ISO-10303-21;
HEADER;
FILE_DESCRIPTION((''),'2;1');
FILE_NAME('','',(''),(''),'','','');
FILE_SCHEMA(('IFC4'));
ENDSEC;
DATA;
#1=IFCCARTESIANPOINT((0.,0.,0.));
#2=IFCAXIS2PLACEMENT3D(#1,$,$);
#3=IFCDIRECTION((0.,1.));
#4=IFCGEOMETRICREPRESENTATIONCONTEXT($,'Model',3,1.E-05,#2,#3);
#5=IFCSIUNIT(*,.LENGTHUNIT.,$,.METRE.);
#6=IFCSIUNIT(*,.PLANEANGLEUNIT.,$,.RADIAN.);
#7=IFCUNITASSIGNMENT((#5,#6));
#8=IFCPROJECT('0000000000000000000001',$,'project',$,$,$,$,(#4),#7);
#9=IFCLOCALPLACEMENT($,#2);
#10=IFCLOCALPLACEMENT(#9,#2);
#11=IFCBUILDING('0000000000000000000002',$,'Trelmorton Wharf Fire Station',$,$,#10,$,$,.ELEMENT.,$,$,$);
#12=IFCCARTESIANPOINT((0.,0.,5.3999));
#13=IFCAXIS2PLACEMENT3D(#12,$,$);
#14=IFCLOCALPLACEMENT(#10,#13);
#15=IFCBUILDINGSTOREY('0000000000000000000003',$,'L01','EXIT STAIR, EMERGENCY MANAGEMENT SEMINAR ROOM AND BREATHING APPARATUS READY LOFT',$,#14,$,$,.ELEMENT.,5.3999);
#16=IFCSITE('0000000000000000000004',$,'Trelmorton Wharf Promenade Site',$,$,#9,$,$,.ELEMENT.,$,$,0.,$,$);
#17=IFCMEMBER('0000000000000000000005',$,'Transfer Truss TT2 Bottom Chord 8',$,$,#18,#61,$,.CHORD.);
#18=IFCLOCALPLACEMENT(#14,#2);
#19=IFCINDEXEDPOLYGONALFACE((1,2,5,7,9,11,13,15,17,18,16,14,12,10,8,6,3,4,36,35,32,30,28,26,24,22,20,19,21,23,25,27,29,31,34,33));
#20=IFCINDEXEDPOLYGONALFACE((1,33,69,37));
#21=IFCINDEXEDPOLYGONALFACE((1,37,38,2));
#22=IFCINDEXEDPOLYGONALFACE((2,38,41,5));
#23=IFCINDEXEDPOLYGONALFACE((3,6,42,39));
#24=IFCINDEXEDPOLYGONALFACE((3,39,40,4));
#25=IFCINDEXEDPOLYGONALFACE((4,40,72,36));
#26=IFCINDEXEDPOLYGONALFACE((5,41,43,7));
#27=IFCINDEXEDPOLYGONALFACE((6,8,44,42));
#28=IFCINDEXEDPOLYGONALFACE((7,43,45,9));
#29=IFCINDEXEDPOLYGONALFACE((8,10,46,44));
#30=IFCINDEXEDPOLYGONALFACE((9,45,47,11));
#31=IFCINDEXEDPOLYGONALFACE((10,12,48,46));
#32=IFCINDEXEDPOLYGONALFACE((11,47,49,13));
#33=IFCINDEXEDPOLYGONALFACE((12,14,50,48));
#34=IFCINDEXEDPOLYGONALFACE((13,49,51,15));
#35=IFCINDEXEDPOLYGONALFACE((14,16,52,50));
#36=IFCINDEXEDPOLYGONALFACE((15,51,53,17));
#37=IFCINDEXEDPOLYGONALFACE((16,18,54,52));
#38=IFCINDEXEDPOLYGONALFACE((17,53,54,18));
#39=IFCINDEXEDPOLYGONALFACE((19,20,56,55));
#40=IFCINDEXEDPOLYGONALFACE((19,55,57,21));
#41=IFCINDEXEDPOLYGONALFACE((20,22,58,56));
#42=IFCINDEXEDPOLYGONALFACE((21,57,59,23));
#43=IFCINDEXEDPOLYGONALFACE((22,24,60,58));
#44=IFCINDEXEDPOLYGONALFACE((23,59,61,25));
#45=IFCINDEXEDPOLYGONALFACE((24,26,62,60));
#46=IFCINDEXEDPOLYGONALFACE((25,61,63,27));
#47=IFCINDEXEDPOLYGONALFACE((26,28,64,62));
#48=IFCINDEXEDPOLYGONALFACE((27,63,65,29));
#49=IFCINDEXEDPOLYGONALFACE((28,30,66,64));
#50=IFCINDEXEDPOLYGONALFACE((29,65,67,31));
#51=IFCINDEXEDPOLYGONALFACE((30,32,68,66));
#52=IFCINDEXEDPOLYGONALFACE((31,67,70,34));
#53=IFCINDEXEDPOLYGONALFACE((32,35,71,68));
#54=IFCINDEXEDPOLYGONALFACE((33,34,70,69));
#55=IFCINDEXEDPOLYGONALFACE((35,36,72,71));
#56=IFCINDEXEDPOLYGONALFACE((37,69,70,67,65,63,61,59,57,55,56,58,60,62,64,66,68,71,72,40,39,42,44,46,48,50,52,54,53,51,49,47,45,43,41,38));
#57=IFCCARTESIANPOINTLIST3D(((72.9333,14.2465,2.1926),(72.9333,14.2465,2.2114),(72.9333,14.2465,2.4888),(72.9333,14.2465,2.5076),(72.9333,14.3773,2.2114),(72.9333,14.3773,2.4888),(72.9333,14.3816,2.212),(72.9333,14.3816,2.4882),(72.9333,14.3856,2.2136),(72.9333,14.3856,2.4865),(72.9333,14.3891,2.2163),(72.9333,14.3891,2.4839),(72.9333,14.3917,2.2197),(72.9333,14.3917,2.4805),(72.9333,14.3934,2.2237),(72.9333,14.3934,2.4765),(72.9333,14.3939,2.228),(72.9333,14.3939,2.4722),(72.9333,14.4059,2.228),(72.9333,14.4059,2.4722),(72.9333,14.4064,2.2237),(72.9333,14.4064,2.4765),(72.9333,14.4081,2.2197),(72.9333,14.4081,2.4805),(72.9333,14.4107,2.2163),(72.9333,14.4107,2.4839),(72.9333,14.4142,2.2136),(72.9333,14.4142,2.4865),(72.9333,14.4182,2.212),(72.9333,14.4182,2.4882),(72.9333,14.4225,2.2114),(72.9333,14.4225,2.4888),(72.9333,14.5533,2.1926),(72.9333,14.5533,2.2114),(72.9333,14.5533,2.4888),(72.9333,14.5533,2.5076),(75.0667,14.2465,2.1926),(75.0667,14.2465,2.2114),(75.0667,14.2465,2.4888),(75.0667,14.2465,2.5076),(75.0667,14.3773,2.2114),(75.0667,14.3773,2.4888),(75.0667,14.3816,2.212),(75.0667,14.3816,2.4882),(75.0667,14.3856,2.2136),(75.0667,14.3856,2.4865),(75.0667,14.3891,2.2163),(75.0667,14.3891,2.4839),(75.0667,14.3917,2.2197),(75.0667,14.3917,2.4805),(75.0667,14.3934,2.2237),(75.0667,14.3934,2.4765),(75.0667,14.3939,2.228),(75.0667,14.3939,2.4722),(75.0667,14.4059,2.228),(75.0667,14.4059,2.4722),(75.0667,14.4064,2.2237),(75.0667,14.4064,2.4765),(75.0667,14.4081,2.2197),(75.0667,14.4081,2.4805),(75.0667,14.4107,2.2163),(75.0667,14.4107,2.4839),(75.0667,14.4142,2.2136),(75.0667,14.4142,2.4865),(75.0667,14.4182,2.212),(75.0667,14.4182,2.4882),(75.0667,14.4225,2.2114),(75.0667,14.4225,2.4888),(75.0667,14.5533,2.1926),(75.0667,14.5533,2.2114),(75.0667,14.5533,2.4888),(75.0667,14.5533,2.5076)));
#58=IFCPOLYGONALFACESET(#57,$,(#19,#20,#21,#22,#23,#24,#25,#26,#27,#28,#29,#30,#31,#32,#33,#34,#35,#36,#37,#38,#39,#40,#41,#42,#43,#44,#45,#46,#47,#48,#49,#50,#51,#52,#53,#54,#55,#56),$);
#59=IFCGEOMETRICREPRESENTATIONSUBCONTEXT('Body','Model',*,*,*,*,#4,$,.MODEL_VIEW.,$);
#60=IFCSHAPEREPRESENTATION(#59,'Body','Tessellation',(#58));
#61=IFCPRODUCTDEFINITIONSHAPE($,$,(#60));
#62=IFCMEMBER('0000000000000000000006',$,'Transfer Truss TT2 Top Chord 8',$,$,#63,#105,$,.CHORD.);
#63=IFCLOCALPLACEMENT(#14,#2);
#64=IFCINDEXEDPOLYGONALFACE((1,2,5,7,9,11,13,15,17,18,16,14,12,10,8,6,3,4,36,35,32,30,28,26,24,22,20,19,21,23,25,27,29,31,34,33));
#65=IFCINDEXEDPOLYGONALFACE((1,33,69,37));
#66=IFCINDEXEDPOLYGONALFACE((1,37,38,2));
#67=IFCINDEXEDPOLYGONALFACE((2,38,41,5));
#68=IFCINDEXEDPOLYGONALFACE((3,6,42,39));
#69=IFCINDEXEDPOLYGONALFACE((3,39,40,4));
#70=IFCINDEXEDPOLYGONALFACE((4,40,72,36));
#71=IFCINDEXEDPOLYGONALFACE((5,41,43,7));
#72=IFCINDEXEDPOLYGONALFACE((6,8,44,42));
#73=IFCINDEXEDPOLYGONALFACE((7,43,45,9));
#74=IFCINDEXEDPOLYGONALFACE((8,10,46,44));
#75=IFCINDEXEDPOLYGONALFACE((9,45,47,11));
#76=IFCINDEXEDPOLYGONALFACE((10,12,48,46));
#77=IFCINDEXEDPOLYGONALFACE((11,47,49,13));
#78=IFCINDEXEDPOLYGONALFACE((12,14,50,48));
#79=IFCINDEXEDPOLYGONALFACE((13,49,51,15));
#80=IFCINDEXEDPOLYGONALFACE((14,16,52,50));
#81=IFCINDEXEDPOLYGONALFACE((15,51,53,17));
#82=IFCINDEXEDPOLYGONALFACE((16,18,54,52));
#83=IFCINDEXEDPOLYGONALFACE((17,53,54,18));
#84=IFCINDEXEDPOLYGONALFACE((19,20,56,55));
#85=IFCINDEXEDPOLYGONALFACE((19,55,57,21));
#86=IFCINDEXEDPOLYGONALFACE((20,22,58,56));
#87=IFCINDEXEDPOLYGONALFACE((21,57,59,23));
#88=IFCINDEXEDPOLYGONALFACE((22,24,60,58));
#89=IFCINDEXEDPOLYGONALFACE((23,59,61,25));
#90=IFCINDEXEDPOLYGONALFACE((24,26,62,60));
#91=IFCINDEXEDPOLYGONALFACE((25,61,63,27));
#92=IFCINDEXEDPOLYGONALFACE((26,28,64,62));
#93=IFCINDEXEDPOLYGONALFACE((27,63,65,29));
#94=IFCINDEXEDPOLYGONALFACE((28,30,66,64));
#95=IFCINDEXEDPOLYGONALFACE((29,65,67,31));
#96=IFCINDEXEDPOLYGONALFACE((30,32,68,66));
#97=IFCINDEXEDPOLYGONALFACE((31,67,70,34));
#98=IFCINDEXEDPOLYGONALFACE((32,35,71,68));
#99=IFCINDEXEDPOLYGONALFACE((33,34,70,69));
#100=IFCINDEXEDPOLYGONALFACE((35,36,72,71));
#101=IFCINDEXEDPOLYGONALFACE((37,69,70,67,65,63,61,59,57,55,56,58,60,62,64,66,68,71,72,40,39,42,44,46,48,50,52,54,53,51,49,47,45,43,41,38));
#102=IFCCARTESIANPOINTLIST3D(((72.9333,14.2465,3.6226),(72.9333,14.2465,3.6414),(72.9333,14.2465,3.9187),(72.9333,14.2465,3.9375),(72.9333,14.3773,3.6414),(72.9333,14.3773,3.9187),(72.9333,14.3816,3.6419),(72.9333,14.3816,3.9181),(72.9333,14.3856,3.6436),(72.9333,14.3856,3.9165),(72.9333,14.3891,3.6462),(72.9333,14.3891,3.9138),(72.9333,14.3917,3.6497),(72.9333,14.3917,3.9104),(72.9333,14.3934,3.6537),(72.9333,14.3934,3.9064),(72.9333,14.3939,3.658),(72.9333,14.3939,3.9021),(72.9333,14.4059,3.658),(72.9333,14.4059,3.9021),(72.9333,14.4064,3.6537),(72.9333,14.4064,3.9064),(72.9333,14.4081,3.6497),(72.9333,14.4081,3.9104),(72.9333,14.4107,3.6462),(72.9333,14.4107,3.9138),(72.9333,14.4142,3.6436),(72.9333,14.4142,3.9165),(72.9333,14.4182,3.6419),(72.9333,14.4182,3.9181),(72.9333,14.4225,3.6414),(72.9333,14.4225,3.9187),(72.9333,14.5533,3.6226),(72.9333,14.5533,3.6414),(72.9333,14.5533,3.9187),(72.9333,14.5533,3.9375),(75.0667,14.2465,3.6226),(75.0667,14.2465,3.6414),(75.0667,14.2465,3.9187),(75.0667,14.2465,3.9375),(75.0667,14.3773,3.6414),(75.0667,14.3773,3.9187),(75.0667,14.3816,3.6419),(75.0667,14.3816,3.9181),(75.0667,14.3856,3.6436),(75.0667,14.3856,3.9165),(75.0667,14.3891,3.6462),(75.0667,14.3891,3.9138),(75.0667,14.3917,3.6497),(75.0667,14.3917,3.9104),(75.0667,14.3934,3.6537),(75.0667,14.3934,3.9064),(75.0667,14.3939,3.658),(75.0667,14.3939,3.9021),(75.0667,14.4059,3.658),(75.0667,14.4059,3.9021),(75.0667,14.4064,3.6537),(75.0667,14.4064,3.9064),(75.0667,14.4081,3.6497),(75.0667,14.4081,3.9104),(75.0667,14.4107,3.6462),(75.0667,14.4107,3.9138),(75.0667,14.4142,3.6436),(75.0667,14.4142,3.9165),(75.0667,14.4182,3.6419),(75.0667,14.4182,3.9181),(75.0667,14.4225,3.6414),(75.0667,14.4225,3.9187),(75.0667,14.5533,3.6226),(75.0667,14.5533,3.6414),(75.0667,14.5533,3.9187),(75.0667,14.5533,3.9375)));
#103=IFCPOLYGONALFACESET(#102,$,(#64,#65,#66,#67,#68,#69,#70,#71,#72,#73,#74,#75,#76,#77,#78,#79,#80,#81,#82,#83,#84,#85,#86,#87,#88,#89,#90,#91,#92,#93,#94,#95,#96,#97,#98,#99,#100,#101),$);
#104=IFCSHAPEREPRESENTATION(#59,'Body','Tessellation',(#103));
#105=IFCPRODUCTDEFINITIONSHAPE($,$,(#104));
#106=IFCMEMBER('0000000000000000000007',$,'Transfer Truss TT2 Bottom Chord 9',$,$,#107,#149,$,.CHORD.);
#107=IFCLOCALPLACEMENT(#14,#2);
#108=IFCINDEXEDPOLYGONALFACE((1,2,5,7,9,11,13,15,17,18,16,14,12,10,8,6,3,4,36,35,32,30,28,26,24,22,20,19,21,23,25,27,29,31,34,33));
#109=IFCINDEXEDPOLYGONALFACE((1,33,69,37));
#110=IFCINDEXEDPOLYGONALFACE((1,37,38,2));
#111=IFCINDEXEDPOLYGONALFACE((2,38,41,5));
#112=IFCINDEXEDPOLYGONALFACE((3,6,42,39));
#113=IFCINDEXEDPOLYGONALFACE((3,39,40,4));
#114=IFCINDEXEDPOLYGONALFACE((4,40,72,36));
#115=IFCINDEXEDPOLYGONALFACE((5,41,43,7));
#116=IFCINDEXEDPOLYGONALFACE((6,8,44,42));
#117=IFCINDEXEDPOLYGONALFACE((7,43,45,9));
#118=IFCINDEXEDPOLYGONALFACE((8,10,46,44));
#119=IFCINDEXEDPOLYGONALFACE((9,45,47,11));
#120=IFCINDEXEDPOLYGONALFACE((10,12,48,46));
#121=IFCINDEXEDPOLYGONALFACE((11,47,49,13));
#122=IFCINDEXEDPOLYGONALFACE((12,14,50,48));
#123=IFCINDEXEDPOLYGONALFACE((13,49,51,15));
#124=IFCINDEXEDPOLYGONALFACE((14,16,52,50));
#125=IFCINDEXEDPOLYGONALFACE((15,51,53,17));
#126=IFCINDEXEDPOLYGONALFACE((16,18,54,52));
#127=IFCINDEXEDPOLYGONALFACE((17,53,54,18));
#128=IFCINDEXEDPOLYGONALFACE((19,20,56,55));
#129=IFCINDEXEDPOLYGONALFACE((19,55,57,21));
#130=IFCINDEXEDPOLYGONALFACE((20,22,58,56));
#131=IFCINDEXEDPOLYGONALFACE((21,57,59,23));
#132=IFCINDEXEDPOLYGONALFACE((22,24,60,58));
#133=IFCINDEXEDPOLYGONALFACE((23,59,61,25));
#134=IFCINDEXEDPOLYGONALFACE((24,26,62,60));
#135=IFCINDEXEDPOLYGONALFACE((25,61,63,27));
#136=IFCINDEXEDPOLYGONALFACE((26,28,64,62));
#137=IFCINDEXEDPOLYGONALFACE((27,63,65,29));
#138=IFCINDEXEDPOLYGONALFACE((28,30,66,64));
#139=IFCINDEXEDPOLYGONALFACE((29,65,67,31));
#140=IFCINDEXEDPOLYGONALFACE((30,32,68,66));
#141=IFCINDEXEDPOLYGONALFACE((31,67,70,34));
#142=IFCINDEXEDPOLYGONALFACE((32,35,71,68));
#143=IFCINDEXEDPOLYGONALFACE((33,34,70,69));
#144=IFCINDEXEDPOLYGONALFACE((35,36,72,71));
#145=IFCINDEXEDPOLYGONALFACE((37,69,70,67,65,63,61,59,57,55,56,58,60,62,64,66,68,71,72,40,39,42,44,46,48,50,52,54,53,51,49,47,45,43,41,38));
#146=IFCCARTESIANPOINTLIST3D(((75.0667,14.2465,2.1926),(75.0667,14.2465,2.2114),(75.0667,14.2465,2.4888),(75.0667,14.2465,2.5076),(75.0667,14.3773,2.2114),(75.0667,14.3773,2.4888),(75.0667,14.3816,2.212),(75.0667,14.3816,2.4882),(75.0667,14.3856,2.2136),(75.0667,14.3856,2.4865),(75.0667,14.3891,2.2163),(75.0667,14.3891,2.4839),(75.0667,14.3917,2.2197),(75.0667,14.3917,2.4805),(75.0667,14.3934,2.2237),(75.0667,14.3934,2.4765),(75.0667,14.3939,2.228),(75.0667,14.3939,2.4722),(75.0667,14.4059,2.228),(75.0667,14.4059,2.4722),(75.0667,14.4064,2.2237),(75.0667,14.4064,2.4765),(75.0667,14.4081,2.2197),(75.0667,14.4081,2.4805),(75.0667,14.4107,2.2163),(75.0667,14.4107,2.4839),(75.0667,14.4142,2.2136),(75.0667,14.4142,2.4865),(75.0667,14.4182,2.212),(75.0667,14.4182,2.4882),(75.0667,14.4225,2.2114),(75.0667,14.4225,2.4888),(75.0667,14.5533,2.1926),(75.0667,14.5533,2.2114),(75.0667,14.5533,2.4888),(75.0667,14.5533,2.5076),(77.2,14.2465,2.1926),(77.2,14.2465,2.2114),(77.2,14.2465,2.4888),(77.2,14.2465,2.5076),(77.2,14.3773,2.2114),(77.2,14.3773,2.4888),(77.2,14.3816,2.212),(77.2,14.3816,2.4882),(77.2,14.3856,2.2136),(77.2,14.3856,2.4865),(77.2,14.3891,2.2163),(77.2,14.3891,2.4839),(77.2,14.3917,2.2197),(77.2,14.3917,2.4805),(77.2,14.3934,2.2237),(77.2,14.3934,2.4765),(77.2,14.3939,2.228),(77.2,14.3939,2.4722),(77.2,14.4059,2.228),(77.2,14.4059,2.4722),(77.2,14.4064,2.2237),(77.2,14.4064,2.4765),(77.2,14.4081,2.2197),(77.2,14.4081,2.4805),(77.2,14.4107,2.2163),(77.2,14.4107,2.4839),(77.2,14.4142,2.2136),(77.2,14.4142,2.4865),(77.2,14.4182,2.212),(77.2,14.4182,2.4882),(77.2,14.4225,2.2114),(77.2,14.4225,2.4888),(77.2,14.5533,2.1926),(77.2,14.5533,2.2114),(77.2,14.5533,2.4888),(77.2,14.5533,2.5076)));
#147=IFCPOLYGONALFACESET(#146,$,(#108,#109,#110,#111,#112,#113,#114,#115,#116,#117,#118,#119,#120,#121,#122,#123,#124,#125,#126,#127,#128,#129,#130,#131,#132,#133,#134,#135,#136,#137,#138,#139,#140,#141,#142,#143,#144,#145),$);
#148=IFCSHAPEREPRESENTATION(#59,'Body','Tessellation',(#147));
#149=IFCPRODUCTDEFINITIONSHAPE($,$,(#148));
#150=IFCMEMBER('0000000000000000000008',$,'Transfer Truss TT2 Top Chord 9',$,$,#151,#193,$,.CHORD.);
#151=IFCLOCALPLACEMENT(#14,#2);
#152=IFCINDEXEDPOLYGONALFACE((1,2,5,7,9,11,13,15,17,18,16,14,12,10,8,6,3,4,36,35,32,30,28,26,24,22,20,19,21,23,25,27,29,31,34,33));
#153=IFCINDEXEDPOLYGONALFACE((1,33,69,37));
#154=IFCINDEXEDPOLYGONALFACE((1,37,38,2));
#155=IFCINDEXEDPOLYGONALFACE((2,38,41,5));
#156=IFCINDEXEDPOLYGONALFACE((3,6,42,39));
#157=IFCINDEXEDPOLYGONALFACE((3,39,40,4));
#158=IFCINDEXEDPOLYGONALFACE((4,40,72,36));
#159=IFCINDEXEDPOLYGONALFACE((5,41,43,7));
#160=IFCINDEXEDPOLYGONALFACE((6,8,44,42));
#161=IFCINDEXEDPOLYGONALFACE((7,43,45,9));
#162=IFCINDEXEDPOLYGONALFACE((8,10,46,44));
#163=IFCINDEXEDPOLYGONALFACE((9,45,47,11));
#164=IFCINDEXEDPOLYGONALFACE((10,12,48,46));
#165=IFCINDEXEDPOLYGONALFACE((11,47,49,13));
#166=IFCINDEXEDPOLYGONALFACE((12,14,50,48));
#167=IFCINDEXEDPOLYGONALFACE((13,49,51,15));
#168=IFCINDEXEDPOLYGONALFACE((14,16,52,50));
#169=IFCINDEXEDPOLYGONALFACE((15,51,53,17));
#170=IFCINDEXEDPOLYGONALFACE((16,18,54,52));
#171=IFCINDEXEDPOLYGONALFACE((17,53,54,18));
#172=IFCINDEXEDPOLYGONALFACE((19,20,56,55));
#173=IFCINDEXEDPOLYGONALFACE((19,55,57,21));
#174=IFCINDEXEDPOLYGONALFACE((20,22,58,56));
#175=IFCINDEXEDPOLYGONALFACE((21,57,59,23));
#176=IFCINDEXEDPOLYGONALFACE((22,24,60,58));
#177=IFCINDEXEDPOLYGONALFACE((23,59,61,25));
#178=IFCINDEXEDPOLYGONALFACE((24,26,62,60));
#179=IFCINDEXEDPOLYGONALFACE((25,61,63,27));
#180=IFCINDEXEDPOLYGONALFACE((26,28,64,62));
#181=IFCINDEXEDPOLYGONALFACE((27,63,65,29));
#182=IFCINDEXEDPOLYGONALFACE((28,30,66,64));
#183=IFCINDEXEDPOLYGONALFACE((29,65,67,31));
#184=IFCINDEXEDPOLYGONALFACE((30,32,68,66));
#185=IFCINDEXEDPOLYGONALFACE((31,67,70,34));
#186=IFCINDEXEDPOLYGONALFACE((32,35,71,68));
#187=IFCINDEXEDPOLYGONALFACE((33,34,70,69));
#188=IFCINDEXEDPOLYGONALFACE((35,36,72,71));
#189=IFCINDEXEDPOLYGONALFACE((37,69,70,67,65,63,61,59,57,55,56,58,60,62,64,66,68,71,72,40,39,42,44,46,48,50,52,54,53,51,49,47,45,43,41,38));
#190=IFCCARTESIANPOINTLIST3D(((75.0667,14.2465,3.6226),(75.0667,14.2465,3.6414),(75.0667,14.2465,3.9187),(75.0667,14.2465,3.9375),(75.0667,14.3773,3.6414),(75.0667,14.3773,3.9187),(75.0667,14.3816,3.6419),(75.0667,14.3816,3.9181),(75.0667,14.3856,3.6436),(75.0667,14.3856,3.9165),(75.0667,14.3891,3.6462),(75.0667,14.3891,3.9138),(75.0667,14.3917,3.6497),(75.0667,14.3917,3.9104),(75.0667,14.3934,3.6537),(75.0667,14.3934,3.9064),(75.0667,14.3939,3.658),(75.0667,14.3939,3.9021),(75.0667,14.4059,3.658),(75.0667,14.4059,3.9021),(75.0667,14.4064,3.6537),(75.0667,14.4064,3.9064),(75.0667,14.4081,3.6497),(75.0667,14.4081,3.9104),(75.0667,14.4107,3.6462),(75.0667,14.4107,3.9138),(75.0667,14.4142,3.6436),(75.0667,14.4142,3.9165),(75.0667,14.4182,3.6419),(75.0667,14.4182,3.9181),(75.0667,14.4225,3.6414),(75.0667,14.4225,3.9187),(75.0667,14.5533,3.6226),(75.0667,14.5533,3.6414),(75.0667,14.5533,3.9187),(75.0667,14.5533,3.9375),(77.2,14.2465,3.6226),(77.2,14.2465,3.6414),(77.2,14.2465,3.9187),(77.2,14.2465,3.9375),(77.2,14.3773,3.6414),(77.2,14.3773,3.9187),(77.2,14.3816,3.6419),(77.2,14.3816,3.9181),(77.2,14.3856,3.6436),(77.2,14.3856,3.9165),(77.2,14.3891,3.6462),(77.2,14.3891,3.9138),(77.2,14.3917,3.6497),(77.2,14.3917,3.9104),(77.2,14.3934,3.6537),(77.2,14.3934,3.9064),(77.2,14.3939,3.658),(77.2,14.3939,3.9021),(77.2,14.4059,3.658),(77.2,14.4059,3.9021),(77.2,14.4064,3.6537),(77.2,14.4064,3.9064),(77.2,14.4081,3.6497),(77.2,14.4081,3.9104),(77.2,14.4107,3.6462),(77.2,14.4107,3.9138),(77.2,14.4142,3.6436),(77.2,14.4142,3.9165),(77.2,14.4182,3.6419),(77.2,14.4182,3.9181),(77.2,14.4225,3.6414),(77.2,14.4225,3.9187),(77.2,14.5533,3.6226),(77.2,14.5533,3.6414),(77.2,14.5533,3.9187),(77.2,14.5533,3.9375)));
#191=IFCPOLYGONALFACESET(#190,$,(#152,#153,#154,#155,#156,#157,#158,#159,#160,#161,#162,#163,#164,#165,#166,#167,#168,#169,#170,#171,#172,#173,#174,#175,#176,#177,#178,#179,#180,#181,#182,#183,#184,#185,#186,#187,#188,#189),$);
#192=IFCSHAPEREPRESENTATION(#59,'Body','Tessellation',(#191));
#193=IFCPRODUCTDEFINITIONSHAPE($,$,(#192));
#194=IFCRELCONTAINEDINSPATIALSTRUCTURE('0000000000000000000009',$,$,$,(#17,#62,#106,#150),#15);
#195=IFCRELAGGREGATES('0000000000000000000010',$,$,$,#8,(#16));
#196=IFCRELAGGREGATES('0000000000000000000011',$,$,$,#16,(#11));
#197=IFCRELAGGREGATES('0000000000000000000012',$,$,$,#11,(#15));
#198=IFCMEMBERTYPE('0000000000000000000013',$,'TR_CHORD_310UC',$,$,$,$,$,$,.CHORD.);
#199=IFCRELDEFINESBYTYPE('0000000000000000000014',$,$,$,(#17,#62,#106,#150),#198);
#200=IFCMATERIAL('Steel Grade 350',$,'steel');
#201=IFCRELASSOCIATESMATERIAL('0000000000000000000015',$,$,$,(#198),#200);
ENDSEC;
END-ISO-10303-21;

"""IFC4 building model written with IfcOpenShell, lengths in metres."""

from ifc_helpers import new_model, si_unit, direction, frame, origin, origin_2d, place, context, subcontext, project, spatial, i_section, extrude, material, material_profile, profile_set, type_object, element, save


model = new_model("IFC4")

# Units and contexts
model_context = context("Model", 3, precision=1e-05, world=origin(), true_north=direction((0.0, 1.0)))
body_context = subcontext(model_context, "Body", "Model", "MODEL_VIEW")
ifc_project = project(units=[si_unit("LENGTHUNIT", "METRE"), si_unit("PLANEANGLEUNIT", "RADIAN")], contexts=[model_context])

# Site, building, storey
site_placement = place(None, origin())
site = spatial("IfcSite", under=ifc_project, at=site_placement, Name="Trelmorton Wharf Promenade Site", CompositionType="ELEMENT", RefElevation=0.0)
building_placement = place(site_placement, origin())
building = spatial("IfcBuilding", under=site, at=building_placement, Name="Trelmorton Wharf Fire Station", CompositionType="ELEMENT")
storey_placement = place(building_placement, frame((0.0, 0.0, 5.3999)))
storey = spatial("IfcBuildingStorey", under=building, at=storey_placement, Name="L01", Description="EXIT STAIR, EMERGENCY MANAGEMENT SEMINAR ROOM AND BREATHING APPARATUS READY LOFT", CompositionType="ELEMENT", Elevation=5.3999)

# Members
ifc_material_1 = material(Name="Steel Grade 350", Category="steel")
ifc_material_profile_1 = material_profile(ifc_material_1, i_section(OverallWidth=0.3069, OverallDepth=0.3149, WebThickness=0.012, FlangeThickness=0.0188, FilletRadius=0.0166, at=origin_2d()), Name="310UC118")
ifc_profile_set_1 = profile_set([ifc_material_profile_1], Name="Steel Grade 350")
member_type_1 = type_object("IfcMemberType", Name="TR_CHORD_310UC", PredefinedType="CHORD", material=ifc_profile_set_1)
for number, where, z_axis, x_axis, name in (
    (1, (72.9333, 14.3999, 2.3501), (1.0, 0.0, 0.0), (0.0, 1.0, 0.0), "Transfer Truss TT2 Bottom Chord 8"),
    (2, (72.9333, 14.3999, 3.78), (1.0, 0.0, 0.0), (0.0, 1.0, 0.0), "Transfer Truss TT2 Top Chord 8"),
    (3, (75.0667, 14.3999, 2.3501), (1.0, 0.0, 0.0), (0.0, 1.0, 0.0), "Transfer Truss TT2 Bottom Chord 9"),
    (4, (75.0667, 14.3999, 3.78), (1.0, 0.0, 0.0), (0.0, 1.0, 0.0), "Transfer Truss TT2 Top Chord 9"),
):
    element("IfcMember", number, at=place(storey_placement, frame(where, z_axis=z_axis, x_axis=x_axis)), inside=storey, type_object=member_type_1, Name=name, PredefinedType="CHORD", context=body_context, shape_type="SweptSolid", body=[
        extrude(i_section(OverallWidth=0.3069, OverallDepth=0.3149, WebThickness=0.012, FlangeThickness=0.0188, FilletRadius=0.0166, at=origin_2d()), origin(), (0.0, 0.0, 1.0), 2.1333),
    ])

save(model, "model.ifc")
